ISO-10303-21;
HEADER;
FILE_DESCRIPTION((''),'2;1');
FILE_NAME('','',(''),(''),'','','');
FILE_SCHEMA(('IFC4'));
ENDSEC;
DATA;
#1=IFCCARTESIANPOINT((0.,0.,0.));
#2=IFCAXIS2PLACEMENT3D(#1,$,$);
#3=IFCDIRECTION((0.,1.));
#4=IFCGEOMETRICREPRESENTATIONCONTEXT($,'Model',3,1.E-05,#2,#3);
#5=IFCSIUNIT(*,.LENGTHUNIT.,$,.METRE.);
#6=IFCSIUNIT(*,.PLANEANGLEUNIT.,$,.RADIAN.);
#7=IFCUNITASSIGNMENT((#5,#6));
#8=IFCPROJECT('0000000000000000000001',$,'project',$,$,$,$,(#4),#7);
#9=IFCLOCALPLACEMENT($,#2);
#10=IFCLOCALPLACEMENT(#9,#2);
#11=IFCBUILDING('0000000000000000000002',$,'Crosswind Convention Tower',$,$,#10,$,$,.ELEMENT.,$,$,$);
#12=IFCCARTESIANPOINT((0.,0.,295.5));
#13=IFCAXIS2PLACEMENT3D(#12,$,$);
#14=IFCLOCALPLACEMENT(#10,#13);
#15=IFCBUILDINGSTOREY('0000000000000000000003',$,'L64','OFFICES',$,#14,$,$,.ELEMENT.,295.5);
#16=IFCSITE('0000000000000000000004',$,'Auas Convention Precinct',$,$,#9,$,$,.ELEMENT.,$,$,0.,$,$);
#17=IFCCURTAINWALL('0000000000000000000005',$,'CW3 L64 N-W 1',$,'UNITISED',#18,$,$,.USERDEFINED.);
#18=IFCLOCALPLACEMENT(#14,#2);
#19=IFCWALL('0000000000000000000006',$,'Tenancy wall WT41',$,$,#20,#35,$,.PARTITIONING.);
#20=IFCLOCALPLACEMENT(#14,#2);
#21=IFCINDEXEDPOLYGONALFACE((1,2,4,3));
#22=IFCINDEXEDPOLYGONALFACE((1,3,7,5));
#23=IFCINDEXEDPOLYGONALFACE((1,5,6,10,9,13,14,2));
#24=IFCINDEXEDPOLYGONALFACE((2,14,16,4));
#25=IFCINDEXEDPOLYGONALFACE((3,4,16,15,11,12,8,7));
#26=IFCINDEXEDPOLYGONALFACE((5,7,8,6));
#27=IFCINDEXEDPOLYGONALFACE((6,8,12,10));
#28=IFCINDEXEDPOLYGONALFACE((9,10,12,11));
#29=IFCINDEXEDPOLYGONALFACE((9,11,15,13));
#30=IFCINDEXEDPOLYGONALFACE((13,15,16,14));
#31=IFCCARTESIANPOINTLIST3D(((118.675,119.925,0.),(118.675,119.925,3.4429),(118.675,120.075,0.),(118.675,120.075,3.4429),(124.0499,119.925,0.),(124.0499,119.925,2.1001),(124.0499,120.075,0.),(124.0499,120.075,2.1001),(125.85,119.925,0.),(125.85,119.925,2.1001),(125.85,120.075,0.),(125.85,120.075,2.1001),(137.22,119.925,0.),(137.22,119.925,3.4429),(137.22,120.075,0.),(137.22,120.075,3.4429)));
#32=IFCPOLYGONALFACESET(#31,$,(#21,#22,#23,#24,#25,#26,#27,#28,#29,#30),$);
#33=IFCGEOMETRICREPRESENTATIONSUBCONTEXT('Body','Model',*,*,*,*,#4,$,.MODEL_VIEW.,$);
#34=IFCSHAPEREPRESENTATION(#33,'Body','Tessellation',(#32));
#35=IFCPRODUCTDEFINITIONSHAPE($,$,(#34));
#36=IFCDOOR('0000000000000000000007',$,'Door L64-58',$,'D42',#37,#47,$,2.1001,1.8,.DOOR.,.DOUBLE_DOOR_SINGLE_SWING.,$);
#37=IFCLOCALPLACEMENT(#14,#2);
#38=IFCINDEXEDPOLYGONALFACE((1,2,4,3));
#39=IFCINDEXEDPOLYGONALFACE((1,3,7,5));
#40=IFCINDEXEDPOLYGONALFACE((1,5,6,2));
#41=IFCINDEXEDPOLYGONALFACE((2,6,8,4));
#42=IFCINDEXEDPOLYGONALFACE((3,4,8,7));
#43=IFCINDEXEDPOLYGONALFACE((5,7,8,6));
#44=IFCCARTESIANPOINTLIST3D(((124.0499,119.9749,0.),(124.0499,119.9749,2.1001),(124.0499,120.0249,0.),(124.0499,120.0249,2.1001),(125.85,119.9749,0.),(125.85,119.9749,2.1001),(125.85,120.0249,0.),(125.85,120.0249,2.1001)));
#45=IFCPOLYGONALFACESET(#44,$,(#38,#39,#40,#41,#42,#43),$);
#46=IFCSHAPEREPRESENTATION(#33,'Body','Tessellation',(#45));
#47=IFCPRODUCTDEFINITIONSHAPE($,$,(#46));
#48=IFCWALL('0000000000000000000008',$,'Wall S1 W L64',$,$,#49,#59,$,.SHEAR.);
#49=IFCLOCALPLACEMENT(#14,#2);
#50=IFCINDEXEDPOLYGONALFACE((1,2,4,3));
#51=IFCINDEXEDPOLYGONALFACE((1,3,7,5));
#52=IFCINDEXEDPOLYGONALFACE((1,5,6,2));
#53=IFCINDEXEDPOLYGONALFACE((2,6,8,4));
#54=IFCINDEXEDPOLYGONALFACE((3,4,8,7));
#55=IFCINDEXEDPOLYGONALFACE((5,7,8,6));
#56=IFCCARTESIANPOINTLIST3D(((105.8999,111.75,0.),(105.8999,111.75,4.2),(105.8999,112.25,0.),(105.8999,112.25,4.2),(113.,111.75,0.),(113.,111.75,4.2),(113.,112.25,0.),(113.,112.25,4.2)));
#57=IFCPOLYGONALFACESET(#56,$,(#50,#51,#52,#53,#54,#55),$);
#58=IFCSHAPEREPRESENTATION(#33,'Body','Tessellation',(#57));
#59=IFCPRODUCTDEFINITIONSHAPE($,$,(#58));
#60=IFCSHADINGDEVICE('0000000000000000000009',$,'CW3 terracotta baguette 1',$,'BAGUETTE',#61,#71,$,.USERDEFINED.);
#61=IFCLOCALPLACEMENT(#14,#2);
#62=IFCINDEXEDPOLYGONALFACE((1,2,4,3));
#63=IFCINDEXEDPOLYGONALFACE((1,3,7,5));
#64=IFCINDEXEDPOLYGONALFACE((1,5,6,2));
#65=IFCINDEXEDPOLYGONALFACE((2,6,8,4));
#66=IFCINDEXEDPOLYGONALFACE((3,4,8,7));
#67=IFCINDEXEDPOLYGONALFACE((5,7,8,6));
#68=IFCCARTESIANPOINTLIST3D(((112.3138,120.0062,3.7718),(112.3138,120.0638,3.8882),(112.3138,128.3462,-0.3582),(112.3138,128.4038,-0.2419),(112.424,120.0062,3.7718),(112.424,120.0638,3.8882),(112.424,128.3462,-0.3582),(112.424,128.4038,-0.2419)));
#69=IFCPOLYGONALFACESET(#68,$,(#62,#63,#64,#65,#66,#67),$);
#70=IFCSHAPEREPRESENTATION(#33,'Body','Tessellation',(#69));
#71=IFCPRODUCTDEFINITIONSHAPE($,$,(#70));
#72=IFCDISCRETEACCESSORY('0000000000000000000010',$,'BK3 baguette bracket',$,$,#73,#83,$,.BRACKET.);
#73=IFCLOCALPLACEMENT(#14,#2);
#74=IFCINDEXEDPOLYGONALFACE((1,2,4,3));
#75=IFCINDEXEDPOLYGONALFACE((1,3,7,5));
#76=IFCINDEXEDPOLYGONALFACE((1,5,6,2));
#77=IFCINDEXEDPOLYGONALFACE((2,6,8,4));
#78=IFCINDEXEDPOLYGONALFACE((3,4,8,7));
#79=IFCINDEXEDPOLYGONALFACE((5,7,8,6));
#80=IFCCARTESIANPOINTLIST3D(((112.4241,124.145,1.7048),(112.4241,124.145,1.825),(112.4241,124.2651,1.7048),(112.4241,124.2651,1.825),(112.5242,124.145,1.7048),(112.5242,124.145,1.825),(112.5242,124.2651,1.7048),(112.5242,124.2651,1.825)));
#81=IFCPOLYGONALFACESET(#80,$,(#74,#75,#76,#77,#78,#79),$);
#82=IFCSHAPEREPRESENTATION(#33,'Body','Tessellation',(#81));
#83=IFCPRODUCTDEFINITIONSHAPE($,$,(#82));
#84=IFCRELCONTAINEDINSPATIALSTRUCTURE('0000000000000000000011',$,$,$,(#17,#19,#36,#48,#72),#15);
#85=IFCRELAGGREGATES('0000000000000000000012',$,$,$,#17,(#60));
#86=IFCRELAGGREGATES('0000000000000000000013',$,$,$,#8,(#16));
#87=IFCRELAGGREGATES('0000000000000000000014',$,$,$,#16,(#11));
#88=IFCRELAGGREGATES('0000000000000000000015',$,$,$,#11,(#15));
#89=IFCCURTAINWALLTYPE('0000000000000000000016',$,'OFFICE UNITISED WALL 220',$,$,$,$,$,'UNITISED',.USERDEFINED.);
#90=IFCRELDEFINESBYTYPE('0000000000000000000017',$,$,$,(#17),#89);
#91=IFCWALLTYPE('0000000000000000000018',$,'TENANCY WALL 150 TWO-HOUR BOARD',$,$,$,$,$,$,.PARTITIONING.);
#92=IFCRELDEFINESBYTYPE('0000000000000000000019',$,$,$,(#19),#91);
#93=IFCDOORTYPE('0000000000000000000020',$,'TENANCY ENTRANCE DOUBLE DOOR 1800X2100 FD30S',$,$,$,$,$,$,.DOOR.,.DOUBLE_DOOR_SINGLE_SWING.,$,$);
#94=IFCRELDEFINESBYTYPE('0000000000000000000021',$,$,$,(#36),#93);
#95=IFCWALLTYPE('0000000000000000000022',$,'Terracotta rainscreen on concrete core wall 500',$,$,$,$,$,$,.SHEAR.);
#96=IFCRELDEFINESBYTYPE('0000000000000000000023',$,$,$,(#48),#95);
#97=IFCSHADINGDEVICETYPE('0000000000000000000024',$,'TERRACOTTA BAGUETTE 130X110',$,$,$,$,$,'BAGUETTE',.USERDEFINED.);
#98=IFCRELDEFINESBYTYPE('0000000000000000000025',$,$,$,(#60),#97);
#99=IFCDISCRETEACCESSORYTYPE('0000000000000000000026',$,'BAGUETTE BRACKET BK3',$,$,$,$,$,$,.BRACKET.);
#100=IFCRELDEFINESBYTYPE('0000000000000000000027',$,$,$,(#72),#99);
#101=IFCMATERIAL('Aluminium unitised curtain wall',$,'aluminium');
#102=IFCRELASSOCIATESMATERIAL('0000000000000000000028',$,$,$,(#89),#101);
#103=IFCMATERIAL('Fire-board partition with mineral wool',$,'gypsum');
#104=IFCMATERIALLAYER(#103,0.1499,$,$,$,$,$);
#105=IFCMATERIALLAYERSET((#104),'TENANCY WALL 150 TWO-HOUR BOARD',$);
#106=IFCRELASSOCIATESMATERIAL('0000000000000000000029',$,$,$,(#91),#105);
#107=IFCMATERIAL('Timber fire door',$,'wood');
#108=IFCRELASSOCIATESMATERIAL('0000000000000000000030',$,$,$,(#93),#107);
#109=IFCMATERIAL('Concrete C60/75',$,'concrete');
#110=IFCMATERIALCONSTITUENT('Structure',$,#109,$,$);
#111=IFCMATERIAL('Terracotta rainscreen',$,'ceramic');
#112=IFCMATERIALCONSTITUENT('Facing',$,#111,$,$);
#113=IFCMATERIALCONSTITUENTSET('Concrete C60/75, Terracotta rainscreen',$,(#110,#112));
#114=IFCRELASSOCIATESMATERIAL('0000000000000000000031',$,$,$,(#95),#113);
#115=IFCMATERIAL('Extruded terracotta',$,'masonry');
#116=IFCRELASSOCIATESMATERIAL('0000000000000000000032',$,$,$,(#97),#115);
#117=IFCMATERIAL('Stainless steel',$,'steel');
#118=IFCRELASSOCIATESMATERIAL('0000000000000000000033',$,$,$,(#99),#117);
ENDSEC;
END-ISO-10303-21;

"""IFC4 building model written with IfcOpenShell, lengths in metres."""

from ifc_helpers import new_model, si_unit, direction, frame, frame_2d, origin, origin_2d, place, context, subcontext, project, spatial, rectangle, extrude, material, layer, layer_set, constituent, constituent_set, material_profile, profile_set, type_object, element, fill, aggregate, save


model = new_model("IFC4")

# Units and contexts
model_context = context("Model", 3, precision=1e-05, world=origin(), true_north=direction((0.0, 1.0)))
body_context = subcontext(model_context, "Body", "Model", "MODEL_VIEW")
ifc_project = project(units=[si_unit("LENGTHUNIT", "METRE"), si_unit("PLANEANGLEUNIT", "RADIAN")], contexts=[model_context])

# Site, building, storey
site_placement = place(None, origin())
site = spatial("IfcSite", under=ifc_project, at=site_placement, Name="Auas Convention Precinct", CompositionType="ELEMENT", RefElevation=0.0)
building_placement = place(site_placement, origin())
building = spatial("IfcBuilding", under=site, at=building_placement, Name="Crosswind Convention Tower", CompositionType="ELEMENT")
storey_placement = place(building_placement, frame((0.0, 0.0, 295.5)))
storey = spatial("IfcBuildingStorey", under=building, at=storey_placement, Name="L64", Description="OFFICES", CompositionType="ELEMENT", Elevation=295.5)

# Shared definitions
ifc_material_1 = material(Name="Concrete C60/75", Category="concrete")

# Shared definitions
ifc_material_2 = material(Name="Aluminium unitised curtain wall", Category="aluminium")
curtain_wall_type_1 = type_object("IfcCurtainWallType", Name="OFFICE UNITISED WALL 220", ElementType="UNITISED", PredefinedType="USERDEFINED", material=ifc_material_2)

# Curtain wall
curtain_wall_1_placement = place(storey_placement, origin())
curtain_wall_1 = element("IfcCurtainWall", 1, at=curtain_wall_1_placement, inside=storey, type_object=curtain_wall_type_1, Name="CW3 L64 N-W 1", ObjectType="UNITISED", PredefinedType="USERDEFINED")

# Wall, opening, door
ifc_material_3 = material(Name="Fire-board partition with mineral wool", Category="gypsum")
ifc_layer_1 = layer(ifc_material_3, 0.1499)
ifc_layer_set_1 = layer_set([ifc_layer_1], Name="TENANCY WALL 150 TWO-HOUR BOARD")
wall_type_1 = type_object("IfcWallType", Name="TENANCY WALL 150 TWO-HOUR BOARD", PredefinedType="PARTITIONING", material=ifc_layer_set_1)
wall_1_placement = place(storey_placement, frame((118.675, 120.0, 0.0), z_axis=(0.0, 0.0, 1.0), x_axis=(1.0, 0.0, 0.0)))
wall_1 = element("IfcWall", 2, at=wall_1_placement, inside=storey, type_object=wall_type_1, Name="Tenancy wall WT41", PredefinedType="PARTITIONING", context=body_context, shape_type="SweptSolid", body=[
    extrude(rectangle(XDim=18.5449, YDim=0.1499, at=frame_2d((9.2725, 0.0))), origin(), (0.0, 0.0, 1.0), 3.4429),
])
opening_placement = place(wall_1_placement, frame((5.375, 0.0, 0.0)))
opening = element("IfcOpeningElement", 3, at=opening_placement, cuts=wall_1, PredefinedType="OPENING", context=body_context, shape_type="SweptSolid", body=[
    extrude(rectangle(XDim=1.8, YDim=2.1001, at=frame_2d((0.8999, 1.05))), frame((0.0, 0.085, 0.0), z_axis=(0.0, -1.0, 0.0), x_axis=(1.0, 0.0, 0.0)), (0.0, 0.0, 1.0), 0.1699),
])
ifc_material_4 = material(Name="Timber fire door", Category="wood")
door_type = type_object("IfcDoorType", Name="TENANCY ENTRANCE DOUBLE DOOR 1800X2100 FD30S", OperationType="DOUBLE_DOOR_SINGLE_SWING", PredefinedType="DOOR", material=ifc_material_4)
door_placement = place(opening_placement, origin())
door = element("IfcDoor", 4, at=door_placement, inside=storey, type_object=door_type, Name="Door L64-58", ObjectType="D42", OperationType="DOUBLE_DOOR_SINGLE_SWING", OverallHeight=2.1001, OverallWidth=1.8, PredefinedType="DOOR", context=body_context, shape_type="SweptSolid", body=[
    extrude(rectangle(XDim=1.8, YDim=2.1001, at=frame_2d((0.8999, 1.05))), frame((0.0, 0.0249, 0.0), z_axis=(0.0, -1.0, 0.0), x_axis=(1.0, 0.0, 0.0)), (0.0, 0.0, 1.0), 0.05),
])
fill(opening, door)

# Wall
ifc_constituent_1 = constituent(ifc_material_1, Name="Structure")
ifc_material_5 = material(Name="Terracotta rainscreen", Category="ceramic")
ifc_constituent_2 = constituent(ifc_material_5, Name="Facing")
ifc_constituent_set = constituent_set(constituents=[ifc_constituent_1, ifc_constituent_2], Name="Concrete C60/75, Terracotta rainscreen")
wall_type_2 = type_object("IfcWallType", Name="Terracotta rainscreen on concrete core wall 500", PredefinedType="SHEAR", material=ifc_constituent_set)
wall_2_placement = place(storey_placement, frame((113.0, 112.0, 0.0), z_axis=(0.0, 0.0, 1.0), x_axis=(-1.0, 0.0, 0.0)))
element("IfcWall", 5, at=wall_2_placement, inside=storey, type_object=wall_type_2, Name="Wall S1 W L64", PredefinedType="SHEAR", context=body_context, shape_type="SweptSolid", body=[
    extrude(rectangle(XDim=7.1001, YDim=0.5, at=frame_2d((3.55, 0.0))), origin(), (0.0, 0.0, 1.0), 4.2),
])

# Shading device
ifc_material_6 = material(Name="Extruded terracotta", Category="masonry")
ifc_material_profile_1 = material_profile(ifc_material_6, rectangle(XDim=0.1101, YDim=0.1299, at=origin_2d()), Name="TC 110X130")
ifc_profile_set_1 = profile_set([ifc_material_profile_1], Name="Extruded terracotta")
shading_device_type = type_object("IfcShadingDeviceType", Name="TERRACOTTA BAGUETTE 130X110", ElementType="BAGUETTE", PredefinedType="USERDEFINED", material=ifc_profile_set_1)
shading_device_placement = place(storey_placement, frame((112.3689, 128.375, -0.3), z_axis=(0.0, -0.896136, 0.443779), x_axis=(1.0, 0.0, 0.0)))
shading_device = element("IfcShadingDevice", 6, at=shading_device_placement, type_object=shading_device_type, Name="CW3 terracotta baguette 1", ObjectType="BAGUETTE", PredefinedType="USERDEFINED", context=body_context, shape_type="SweptSolid", body=[
    extrude(rectangle(XDim=0.1101, YDim=0.1299, at=origin_2d()), origin(), (0.0, 0.0, 1.0), 9.3066),
])
aggregate(curtain_wall_1, [shading_device])

# Discrete accessory
ifc_material_7 = material(Name="Stainless steel", Category="steel")
discrete_accessory_type = type_object("IfcDiscreteAccessoryType", Name="BAGUETTE BRACKET BK3", PredefinedType="BRACKET", material=ifc_material_7)
discrete_accessory_placement = place(storey_placement, frame((112.4741, 124.2051, 1.7048), z_axis=(0.0, 0.0, 1.0), x_axis=(0.0, -1.0, 0.0)))
element("IfcDiscreteAccessory", 7, at=discrete_accessory_placement, inside=storey, type_object=discrete_accessory_type, Name="BK3 baguette bracket", PredefinedType="BRACKET", context=body_context, shape_type="SweptSolid", body=[
    extrude(rectangle(XDim=0.1201, YDim=0.1001, at=origin_2d()), origin(), (0.0, 0.0, 1.0), 0.1201),
])

save(model, "model.ifc")
